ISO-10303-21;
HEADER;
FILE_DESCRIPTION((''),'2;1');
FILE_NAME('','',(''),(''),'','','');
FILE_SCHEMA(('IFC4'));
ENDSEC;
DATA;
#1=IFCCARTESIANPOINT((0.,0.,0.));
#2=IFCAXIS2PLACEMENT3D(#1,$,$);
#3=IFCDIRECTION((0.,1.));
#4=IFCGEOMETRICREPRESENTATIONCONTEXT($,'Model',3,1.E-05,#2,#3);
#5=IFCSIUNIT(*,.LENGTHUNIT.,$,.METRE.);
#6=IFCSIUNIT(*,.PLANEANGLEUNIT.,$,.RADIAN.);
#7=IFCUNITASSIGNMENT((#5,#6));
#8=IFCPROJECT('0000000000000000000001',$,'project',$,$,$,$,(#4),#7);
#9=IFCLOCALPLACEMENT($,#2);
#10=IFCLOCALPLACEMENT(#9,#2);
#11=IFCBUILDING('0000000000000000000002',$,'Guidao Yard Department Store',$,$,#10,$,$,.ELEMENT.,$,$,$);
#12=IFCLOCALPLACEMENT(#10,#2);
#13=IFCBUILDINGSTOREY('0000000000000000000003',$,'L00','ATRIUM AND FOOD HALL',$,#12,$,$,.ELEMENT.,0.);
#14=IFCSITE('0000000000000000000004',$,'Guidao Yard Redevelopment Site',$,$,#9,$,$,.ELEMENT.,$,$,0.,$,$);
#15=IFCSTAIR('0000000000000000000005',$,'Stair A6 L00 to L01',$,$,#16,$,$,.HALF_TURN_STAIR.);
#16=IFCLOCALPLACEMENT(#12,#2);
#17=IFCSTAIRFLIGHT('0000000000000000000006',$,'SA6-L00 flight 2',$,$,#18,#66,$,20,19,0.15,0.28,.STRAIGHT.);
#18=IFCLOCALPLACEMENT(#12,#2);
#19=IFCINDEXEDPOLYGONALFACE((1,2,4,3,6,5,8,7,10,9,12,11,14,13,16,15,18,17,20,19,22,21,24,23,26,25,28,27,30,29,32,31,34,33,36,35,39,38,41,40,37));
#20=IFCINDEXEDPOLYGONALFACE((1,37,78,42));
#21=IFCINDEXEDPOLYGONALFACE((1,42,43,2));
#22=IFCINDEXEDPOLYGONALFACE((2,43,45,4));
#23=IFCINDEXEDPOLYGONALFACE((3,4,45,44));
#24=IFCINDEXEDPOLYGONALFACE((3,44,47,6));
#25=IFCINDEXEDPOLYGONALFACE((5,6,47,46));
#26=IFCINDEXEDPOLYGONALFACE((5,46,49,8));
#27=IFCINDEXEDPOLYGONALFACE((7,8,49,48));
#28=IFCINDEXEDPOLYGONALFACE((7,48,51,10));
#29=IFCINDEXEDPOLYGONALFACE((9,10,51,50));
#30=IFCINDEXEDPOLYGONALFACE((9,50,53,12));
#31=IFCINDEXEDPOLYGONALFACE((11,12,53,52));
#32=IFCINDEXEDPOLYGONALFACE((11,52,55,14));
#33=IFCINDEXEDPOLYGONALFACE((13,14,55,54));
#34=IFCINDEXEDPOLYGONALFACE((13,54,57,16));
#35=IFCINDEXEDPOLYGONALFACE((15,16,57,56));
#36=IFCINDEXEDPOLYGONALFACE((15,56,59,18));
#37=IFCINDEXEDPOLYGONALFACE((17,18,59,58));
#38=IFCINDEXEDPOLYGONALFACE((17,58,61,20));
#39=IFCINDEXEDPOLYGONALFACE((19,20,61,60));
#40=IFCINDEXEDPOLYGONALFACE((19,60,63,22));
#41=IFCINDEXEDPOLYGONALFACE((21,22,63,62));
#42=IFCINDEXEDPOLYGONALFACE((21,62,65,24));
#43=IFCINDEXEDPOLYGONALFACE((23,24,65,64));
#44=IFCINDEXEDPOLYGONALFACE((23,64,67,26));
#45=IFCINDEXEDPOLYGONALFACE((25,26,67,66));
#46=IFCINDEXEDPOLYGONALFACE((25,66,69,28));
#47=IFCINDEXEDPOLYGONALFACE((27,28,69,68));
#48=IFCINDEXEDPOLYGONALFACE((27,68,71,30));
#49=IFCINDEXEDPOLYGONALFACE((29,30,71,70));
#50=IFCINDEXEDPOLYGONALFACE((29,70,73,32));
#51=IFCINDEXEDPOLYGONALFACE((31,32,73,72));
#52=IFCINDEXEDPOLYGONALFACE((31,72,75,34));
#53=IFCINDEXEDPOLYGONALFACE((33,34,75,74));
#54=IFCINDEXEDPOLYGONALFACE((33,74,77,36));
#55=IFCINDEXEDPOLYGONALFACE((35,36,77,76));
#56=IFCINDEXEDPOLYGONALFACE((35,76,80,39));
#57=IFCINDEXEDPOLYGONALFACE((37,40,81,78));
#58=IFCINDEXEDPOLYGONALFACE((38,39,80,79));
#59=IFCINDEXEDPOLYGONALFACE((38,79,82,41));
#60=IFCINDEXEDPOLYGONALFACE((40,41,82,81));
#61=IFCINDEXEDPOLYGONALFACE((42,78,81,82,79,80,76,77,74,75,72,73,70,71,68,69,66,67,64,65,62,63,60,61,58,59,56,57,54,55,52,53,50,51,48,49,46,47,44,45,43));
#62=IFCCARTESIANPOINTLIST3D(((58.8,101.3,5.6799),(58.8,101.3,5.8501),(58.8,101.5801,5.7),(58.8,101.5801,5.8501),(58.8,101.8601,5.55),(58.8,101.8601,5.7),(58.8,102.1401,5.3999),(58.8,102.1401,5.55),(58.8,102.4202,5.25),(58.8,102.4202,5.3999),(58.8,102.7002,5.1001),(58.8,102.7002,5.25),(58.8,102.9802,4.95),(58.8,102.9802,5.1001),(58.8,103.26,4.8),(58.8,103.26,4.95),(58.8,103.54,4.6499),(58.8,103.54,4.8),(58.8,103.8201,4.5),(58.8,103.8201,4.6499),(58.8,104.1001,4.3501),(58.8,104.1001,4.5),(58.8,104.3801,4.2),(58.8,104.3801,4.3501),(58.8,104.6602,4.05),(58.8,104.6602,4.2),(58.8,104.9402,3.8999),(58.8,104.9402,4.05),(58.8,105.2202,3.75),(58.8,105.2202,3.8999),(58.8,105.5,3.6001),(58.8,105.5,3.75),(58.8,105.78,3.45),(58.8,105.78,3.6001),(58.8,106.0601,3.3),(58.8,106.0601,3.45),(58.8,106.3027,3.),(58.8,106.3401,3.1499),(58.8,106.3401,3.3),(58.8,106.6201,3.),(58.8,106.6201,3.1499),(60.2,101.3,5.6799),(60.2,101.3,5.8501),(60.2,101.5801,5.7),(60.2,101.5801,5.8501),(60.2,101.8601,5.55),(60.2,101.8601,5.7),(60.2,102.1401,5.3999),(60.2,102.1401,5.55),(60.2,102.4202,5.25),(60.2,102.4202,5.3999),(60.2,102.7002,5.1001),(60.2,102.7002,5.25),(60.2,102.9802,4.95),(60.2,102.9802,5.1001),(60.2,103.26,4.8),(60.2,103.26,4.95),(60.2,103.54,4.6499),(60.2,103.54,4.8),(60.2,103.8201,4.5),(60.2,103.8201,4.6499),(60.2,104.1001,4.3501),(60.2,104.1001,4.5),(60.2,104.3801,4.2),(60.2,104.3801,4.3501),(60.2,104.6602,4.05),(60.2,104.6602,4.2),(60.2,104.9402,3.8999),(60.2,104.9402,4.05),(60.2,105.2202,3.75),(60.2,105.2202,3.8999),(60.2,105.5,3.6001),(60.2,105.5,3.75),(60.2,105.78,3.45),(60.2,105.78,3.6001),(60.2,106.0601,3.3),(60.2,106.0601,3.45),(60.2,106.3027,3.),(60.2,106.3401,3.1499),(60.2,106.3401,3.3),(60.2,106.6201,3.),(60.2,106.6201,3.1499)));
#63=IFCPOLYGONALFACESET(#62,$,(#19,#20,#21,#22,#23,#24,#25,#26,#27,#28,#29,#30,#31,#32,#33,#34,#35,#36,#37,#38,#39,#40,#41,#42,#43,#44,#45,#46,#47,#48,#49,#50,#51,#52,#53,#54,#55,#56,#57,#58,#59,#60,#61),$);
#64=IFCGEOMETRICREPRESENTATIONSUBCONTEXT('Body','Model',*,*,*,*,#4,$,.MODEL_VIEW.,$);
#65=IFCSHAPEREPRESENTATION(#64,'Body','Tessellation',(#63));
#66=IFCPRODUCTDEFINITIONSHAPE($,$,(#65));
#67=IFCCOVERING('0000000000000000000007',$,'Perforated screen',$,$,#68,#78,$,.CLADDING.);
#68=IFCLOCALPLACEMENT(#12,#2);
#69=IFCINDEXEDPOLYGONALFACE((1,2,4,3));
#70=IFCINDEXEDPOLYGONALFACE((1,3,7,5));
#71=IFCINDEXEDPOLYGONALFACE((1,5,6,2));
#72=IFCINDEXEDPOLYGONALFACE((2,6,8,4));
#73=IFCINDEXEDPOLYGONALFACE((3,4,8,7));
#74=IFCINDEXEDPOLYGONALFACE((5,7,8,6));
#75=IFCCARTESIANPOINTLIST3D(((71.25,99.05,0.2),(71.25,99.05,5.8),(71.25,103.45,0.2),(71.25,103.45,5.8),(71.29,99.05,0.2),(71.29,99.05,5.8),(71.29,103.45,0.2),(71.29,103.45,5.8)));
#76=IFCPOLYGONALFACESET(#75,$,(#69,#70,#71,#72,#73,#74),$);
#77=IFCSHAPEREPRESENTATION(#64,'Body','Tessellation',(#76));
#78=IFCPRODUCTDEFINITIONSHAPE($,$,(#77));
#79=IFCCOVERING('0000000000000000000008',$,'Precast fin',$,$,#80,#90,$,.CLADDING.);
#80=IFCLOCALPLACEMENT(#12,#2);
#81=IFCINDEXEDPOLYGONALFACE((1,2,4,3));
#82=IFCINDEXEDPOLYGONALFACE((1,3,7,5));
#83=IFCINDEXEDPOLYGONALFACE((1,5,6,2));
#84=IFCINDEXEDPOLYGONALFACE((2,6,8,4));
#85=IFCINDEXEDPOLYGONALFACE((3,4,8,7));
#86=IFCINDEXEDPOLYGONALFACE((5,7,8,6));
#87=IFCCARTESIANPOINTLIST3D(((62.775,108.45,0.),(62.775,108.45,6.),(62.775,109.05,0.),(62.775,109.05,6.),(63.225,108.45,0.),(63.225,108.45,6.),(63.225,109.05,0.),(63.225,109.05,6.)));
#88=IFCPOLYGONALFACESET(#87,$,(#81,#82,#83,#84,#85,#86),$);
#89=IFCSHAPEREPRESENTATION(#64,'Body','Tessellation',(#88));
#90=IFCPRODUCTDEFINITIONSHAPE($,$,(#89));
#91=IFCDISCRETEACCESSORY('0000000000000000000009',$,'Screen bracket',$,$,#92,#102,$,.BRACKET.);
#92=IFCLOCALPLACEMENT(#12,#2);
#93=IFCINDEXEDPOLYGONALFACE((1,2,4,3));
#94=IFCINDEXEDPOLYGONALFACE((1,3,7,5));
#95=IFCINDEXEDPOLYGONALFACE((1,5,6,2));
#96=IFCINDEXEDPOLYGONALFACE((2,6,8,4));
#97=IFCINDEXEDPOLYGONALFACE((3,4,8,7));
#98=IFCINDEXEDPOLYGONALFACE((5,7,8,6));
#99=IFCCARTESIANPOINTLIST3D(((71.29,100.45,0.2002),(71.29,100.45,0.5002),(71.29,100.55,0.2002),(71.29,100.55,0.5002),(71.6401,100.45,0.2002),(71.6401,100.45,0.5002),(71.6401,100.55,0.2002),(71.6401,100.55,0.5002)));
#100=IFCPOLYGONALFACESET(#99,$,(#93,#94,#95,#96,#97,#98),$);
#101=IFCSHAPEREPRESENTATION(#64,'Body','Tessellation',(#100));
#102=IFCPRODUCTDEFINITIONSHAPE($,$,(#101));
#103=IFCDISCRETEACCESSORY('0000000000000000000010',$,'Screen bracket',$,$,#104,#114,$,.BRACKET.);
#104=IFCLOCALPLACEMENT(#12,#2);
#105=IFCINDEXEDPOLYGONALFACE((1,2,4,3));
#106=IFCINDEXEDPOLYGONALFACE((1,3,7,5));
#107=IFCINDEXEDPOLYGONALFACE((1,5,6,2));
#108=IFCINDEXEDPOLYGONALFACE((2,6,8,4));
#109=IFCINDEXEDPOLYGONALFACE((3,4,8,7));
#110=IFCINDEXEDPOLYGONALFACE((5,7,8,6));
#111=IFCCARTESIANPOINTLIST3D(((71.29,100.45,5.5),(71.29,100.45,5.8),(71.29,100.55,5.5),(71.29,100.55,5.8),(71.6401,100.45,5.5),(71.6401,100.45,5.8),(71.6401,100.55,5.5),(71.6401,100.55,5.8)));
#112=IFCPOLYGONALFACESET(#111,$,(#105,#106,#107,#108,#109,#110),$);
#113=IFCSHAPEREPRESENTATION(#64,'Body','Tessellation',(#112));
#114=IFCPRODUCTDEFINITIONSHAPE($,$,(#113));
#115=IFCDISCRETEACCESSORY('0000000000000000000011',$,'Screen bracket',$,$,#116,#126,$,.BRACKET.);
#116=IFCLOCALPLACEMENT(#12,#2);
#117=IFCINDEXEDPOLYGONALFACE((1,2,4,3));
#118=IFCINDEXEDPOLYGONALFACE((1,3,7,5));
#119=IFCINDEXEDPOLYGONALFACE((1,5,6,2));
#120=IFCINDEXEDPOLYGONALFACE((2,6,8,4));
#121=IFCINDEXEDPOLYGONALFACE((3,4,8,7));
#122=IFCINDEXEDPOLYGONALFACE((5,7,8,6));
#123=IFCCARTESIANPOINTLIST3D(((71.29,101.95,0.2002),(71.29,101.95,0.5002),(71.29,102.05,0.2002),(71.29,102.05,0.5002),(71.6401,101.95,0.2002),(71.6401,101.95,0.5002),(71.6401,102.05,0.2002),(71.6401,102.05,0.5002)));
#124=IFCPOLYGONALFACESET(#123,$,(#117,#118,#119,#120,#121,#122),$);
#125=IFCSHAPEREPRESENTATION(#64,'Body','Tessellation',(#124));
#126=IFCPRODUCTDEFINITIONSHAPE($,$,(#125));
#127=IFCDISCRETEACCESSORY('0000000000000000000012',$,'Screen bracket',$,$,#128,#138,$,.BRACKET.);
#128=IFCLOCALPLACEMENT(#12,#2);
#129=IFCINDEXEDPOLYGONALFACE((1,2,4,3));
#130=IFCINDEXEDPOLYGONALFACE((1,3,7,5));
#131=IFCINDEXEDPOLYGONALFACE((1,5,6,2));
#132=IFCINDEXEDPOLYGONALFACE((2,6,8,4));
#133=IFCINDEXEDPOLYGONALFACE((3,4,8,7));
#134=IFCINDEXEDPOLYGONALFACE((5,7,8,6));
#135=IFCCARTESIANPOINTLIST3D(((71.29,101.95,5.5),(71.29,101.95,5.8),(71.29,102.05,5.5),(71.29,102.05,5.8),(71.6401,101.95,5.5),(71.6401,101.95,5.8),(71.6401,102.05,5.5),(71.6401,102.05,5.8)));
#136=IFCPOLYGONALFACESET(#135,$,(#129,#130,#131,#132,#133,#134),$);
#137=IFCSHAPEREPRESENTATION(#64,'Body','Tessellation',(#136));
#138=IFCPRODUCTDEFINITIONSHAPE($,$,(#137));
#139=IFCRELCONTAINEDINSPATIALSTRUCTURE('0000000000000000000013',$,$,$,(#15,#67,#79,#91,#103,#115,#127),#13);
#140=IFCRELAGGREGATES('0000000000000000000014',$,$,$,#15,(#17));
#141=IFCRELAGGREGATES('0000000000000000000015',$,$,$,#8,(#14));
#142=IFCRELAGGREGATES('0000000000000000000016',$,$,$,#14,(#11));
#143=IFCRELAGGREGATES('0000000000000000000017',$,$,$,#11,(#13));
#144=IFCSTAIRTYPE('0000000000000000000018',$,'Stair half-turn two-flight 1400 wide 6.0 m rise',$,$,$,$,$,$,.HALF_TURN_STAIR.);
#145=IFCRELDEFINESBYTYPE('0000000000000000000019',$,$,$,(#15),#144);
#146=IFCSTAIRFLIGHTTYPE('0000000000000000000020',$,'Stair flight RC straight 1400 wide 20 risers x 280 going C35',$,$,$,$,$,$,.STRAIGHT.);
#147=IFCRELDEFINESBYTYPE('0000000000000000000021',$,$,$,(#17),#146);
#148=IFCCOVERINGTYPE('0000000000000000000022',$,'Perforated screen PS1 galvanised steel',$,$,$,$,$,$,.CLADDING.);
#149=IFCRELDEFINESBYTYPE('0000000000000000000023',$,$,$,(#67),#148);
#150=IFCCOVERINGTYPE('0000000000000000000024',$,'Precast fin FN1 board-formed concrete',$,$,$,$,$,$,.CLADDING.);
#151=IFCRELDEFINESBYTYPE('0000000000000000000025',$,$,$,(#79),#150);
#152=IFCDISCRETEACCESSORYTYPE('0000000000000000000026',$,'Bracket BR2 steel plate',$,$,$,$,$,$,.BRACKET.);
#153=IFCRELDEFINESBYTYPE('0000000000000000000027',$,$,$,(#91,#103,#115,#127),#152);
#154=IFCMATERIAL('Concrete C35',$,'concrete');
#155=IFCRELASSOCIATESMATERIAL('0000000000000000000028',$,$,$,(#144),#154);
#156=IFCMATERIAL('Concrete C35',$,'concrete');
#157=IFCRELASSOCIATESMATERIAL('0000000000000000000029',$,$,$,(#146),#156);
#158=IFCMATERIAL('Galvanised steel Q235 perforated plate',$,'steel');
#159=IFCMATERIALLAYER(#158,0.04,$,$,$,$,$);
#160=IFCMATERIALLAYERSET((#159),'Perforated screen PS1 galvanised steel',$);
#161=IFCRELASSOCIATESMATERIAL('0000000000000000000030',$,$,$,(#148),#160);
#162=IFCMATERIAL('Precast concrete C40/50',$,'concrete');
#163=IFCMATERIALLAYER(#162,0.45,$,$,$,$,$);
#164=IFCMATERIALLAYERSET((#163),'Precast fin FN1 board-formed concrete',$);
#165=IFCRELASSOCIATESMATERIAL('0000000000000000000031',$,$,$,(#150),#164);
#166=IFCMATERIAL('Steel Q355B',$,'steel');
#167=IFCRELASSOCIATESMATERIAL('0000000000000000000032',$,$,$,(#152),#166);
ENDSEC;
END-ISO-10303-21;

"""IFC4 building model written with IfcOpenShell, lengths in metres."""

from ifc_helpers import new_model, si_unit, direction, frame, origin, origin_2d, place, context, subcontext, project, spatial, polyline, rectangle, outline, extrude, material, layer, layer_set, type_object, element, aggregate, save


model = new_model("IFC4")

# Units and contexts
model_context = context("Model", 3, precision=1e-05, world=origin(), true_north=direction((0.0, 1.0)))
body_context = subcontext(model_context, "Body", "Model", "MODEL_VIEW")
ifc_project = project(units=[si_unit("LENGTHUNIT", "METRE"), si_unit("PLANEANGLEUNIT", "RADIAN")], contexts=[model_context])

# Site, building, storey
site_placement = place(None, origin())
site = spatial("IfcSite", under=ifc_project, at=site_placement, Name="Guidao Yard Redevelopment Site", CompositionType="ELEMENT", RefElevation=0.0)
building_placement = place(site_placement, origin())
building = spatial("IfcBuilding", under=site, at=building_placement, Name="Guidao Yard Department Store", CompositionType="ELEMENT")
storey_placement = place(building_placement, origin())
storey = spatial("IfcBuildingStorey", under=building, at=storey_placement, Name="L00", Description="ATRIUM AND FOOD HALL", CompositionType="ELEMENT", Elevation=0.0)

# Stair, stair flight
ifc_material_1 = material(Name="Concrete C35", Category="concrete")
stair_type = type_object("IfcStairType", Name="Stair half-turn two-flight 1400 wide 6.0 m rise", PredefinedType="HALF_TURN_STAIR", material=ifc_material_1)
stair_placement = place(storey_placement, origin())
stair = element("IfcStair", 1, at=stair_placement, inside=storey, type_object=stair_type, Name="Stair A6 L00 to L01", PredefinedType="HALF_TURN_STAIR")
ifc_material_2 = material(Name="Concrete C35", Category="concrete")
stair_flight_type = type_object("IfcStairFlightType", Name="Stair flight RC straight 1400 wide 20 risers x 280 going C35", PredefinedType="STRAIGHT", material=ifc_material_2)
stair_flight_1_placement = place(storey_placement, frame((59.5, 106.6201, 3.0), z_axis=(0.0, 0.0, 1.0), x_axis=(0.0, -1.0, 0.0)))
stair_flight_1 = element("IfcStairFlight", 2, at=stair_flight_1_placement, type_object=stair_flight_type, Name="SA6-L00 flight 2", NumberOfRisers=20, NumberOfTreads=19, PredefinedType="STRAIGHT", RiserHeight=0.15, TreadLength=0.28, context=body_context, shape_type="SweptSolid", body=[
    extrude(outline(polyline([(0.0, 0.0), (0.0, 0.1499), (0.28, 0.1499), (0.28, 0.3), (0.5601, 0.3), (0.5601, 0.45), (0.8401, 0.45), (0.8401, 0.6001), (1.1201, 0.6001), (1.1201, 0.75), (1.3999, 0.75), (1.3999, 0.8999), (1.6799, 0.8999), (1.6799, 1.05), (1.96, 1.05), (1.96, 1.2), (2.24, 1.2), (2.24, 1.3501), (2.52, 1.3501), (2.52, 1.5), (2.8, 1.5), (2.8, 1.6499), (3.0801, 1.6499), (3.0801, 1.8), (3.3601, 1.8), (3.3601, 1.95), (3.6399, 1.95), (3.6399, 2.1001), (3.9199, 2.1001), (3.9199, 2.25), (4.2, 2.25), (4.2, 2.3999), (4.48, 2.3999), (4.48, 2.55), (4.76, 2.55), (4.76, 2.7), (5.04, 2.7), (5.04, 2.8501), (5.3201, 2.8501), (5.3201, 3.0), (5.3201, 2.6799), (0.3174, 0.0), (0.0, 0.0)])), frame((0.0, 0.7, 0.0), z_axis=(0.0, -1.0, 0.0), x_axis=(1.0, 0.0, 0.0)), (0.0, 0.0, 1.0), 1.3999),
])
aggregate(stair, [stair_flight_1])

# Coverings
ifc_material_3 = material(Name="Galvanised steel Q235 perforated plate", Category="steel")
ifc_layer_1 = layer(ifc_material_3, 0.04)
ifc_layer_set_1 = layer_set([ifc_layer_1], Name="Perforated screen PS1 galvanised steel")
covering_type_1 = type_object("IfcCoveringType", Name="Perforated screen PS1 galvanised steel", PredefinedType="CLADDING", material=ifc_layer_set_1)
covering_1_placement = place(storey_placement, frame((71.27, 101.25, 0.2), z_axis=(0.0, 0.0, 1.0), x_axis=(0.0, 1.0, 0.0)))
element("IfcCovering", 3, at=covering_1_placement, inside=storey, type_object=covering_type_1, Name="Perforated screen", PredefinedType="CLADDING", context=body_context, shape_type="SweptSolid", body=[
    extrude(rectangle(XDim=4.3999, YDim=0.04, at=origin_2d()), origin(), (0.0, 0.0, 1.0), 5.6001),
])
ifc_material_4 = material(Name="Precast concrete C40/50", Category="concrete")
ifc_layer_2 = layer(ifc_material_4, 0.45)
ifc_layer_set_2 = layer_set([ifc_layer_2], Name="Precast fin FN1 board-formed concrete")
covering_type_2 = type_object("IfcCoveringType", Name="Precast fin FN1 board-formed concrete", PredefinedType="CLADDING", material=ifc_layer_set_2)
covering_2_placement = place(storey_placement, frame((63.0, 108.75, 0.0), z_axis=(0.0, 0.0, 1.0), x_axis=(1.0, 0.0, 0.0)))
element("IfcCovering", 4, at=covering_2_placement, inside=storey, type_object=covering_type_2, Name="Precast fin", PredefinedType="CLADDING", context=body_context, shape_type="SweptSolid", body=[
    extrude(rectangle(XDim=0.45, YDim=0.6001, at=origin_2d()), origin(), (0.0, 0.0, 1.0), 6.0),
])

# Discrete accessories
ifc_material_5 = material(Name="Steel Q355B", Category="steel")
discrete_accessory_type = type_object("IfcDiscreteAccessoryType", Name="Bracket BR2 steel plate", PredefinedType="BRACKET", material=ifc_material_5)
for number, where, z_axis, x_axis, name in (
    (5, (71.4651, 100.5, 0.2002), (0.0, 0.0, 1.0), (0.0, 1.0, 0.0), "Screen bracket"),
    (6, (71.4651, 100.5, 5.5), (0.0, 0.0, 1.0), (0.0, 1.0, 0.0), "Screen bracket"),
    (7, (71.4651, 102.0, 0.2002), (0.0, 0.0, 1.0), (0.0, 1.0, 0.0), "Screen bracket"),
    (8, (71.4651, 102.0, 5.5), (0.0, 0.0, 1.0), (0.0, 1.0, 0.0), "Screen bracket"),
):
    element("IfcDiscreteAccessory", number, at=place(storey_placement, frame(where, z_axis=z_axis, x_axis=x_axis)), inside=storey, type_object=discrete_accessory_type, Name=name, PredefinedType="BRACKET", context=body_context, shape_type="SweptSolid", body=[
        extrude(rectangle(XDim=0.1001, YDim=0.3501, at=origin_2d()), origin(), (0.0, 0.0, 1.0), 0.3),
    ])

save(model, "model.ifc")
